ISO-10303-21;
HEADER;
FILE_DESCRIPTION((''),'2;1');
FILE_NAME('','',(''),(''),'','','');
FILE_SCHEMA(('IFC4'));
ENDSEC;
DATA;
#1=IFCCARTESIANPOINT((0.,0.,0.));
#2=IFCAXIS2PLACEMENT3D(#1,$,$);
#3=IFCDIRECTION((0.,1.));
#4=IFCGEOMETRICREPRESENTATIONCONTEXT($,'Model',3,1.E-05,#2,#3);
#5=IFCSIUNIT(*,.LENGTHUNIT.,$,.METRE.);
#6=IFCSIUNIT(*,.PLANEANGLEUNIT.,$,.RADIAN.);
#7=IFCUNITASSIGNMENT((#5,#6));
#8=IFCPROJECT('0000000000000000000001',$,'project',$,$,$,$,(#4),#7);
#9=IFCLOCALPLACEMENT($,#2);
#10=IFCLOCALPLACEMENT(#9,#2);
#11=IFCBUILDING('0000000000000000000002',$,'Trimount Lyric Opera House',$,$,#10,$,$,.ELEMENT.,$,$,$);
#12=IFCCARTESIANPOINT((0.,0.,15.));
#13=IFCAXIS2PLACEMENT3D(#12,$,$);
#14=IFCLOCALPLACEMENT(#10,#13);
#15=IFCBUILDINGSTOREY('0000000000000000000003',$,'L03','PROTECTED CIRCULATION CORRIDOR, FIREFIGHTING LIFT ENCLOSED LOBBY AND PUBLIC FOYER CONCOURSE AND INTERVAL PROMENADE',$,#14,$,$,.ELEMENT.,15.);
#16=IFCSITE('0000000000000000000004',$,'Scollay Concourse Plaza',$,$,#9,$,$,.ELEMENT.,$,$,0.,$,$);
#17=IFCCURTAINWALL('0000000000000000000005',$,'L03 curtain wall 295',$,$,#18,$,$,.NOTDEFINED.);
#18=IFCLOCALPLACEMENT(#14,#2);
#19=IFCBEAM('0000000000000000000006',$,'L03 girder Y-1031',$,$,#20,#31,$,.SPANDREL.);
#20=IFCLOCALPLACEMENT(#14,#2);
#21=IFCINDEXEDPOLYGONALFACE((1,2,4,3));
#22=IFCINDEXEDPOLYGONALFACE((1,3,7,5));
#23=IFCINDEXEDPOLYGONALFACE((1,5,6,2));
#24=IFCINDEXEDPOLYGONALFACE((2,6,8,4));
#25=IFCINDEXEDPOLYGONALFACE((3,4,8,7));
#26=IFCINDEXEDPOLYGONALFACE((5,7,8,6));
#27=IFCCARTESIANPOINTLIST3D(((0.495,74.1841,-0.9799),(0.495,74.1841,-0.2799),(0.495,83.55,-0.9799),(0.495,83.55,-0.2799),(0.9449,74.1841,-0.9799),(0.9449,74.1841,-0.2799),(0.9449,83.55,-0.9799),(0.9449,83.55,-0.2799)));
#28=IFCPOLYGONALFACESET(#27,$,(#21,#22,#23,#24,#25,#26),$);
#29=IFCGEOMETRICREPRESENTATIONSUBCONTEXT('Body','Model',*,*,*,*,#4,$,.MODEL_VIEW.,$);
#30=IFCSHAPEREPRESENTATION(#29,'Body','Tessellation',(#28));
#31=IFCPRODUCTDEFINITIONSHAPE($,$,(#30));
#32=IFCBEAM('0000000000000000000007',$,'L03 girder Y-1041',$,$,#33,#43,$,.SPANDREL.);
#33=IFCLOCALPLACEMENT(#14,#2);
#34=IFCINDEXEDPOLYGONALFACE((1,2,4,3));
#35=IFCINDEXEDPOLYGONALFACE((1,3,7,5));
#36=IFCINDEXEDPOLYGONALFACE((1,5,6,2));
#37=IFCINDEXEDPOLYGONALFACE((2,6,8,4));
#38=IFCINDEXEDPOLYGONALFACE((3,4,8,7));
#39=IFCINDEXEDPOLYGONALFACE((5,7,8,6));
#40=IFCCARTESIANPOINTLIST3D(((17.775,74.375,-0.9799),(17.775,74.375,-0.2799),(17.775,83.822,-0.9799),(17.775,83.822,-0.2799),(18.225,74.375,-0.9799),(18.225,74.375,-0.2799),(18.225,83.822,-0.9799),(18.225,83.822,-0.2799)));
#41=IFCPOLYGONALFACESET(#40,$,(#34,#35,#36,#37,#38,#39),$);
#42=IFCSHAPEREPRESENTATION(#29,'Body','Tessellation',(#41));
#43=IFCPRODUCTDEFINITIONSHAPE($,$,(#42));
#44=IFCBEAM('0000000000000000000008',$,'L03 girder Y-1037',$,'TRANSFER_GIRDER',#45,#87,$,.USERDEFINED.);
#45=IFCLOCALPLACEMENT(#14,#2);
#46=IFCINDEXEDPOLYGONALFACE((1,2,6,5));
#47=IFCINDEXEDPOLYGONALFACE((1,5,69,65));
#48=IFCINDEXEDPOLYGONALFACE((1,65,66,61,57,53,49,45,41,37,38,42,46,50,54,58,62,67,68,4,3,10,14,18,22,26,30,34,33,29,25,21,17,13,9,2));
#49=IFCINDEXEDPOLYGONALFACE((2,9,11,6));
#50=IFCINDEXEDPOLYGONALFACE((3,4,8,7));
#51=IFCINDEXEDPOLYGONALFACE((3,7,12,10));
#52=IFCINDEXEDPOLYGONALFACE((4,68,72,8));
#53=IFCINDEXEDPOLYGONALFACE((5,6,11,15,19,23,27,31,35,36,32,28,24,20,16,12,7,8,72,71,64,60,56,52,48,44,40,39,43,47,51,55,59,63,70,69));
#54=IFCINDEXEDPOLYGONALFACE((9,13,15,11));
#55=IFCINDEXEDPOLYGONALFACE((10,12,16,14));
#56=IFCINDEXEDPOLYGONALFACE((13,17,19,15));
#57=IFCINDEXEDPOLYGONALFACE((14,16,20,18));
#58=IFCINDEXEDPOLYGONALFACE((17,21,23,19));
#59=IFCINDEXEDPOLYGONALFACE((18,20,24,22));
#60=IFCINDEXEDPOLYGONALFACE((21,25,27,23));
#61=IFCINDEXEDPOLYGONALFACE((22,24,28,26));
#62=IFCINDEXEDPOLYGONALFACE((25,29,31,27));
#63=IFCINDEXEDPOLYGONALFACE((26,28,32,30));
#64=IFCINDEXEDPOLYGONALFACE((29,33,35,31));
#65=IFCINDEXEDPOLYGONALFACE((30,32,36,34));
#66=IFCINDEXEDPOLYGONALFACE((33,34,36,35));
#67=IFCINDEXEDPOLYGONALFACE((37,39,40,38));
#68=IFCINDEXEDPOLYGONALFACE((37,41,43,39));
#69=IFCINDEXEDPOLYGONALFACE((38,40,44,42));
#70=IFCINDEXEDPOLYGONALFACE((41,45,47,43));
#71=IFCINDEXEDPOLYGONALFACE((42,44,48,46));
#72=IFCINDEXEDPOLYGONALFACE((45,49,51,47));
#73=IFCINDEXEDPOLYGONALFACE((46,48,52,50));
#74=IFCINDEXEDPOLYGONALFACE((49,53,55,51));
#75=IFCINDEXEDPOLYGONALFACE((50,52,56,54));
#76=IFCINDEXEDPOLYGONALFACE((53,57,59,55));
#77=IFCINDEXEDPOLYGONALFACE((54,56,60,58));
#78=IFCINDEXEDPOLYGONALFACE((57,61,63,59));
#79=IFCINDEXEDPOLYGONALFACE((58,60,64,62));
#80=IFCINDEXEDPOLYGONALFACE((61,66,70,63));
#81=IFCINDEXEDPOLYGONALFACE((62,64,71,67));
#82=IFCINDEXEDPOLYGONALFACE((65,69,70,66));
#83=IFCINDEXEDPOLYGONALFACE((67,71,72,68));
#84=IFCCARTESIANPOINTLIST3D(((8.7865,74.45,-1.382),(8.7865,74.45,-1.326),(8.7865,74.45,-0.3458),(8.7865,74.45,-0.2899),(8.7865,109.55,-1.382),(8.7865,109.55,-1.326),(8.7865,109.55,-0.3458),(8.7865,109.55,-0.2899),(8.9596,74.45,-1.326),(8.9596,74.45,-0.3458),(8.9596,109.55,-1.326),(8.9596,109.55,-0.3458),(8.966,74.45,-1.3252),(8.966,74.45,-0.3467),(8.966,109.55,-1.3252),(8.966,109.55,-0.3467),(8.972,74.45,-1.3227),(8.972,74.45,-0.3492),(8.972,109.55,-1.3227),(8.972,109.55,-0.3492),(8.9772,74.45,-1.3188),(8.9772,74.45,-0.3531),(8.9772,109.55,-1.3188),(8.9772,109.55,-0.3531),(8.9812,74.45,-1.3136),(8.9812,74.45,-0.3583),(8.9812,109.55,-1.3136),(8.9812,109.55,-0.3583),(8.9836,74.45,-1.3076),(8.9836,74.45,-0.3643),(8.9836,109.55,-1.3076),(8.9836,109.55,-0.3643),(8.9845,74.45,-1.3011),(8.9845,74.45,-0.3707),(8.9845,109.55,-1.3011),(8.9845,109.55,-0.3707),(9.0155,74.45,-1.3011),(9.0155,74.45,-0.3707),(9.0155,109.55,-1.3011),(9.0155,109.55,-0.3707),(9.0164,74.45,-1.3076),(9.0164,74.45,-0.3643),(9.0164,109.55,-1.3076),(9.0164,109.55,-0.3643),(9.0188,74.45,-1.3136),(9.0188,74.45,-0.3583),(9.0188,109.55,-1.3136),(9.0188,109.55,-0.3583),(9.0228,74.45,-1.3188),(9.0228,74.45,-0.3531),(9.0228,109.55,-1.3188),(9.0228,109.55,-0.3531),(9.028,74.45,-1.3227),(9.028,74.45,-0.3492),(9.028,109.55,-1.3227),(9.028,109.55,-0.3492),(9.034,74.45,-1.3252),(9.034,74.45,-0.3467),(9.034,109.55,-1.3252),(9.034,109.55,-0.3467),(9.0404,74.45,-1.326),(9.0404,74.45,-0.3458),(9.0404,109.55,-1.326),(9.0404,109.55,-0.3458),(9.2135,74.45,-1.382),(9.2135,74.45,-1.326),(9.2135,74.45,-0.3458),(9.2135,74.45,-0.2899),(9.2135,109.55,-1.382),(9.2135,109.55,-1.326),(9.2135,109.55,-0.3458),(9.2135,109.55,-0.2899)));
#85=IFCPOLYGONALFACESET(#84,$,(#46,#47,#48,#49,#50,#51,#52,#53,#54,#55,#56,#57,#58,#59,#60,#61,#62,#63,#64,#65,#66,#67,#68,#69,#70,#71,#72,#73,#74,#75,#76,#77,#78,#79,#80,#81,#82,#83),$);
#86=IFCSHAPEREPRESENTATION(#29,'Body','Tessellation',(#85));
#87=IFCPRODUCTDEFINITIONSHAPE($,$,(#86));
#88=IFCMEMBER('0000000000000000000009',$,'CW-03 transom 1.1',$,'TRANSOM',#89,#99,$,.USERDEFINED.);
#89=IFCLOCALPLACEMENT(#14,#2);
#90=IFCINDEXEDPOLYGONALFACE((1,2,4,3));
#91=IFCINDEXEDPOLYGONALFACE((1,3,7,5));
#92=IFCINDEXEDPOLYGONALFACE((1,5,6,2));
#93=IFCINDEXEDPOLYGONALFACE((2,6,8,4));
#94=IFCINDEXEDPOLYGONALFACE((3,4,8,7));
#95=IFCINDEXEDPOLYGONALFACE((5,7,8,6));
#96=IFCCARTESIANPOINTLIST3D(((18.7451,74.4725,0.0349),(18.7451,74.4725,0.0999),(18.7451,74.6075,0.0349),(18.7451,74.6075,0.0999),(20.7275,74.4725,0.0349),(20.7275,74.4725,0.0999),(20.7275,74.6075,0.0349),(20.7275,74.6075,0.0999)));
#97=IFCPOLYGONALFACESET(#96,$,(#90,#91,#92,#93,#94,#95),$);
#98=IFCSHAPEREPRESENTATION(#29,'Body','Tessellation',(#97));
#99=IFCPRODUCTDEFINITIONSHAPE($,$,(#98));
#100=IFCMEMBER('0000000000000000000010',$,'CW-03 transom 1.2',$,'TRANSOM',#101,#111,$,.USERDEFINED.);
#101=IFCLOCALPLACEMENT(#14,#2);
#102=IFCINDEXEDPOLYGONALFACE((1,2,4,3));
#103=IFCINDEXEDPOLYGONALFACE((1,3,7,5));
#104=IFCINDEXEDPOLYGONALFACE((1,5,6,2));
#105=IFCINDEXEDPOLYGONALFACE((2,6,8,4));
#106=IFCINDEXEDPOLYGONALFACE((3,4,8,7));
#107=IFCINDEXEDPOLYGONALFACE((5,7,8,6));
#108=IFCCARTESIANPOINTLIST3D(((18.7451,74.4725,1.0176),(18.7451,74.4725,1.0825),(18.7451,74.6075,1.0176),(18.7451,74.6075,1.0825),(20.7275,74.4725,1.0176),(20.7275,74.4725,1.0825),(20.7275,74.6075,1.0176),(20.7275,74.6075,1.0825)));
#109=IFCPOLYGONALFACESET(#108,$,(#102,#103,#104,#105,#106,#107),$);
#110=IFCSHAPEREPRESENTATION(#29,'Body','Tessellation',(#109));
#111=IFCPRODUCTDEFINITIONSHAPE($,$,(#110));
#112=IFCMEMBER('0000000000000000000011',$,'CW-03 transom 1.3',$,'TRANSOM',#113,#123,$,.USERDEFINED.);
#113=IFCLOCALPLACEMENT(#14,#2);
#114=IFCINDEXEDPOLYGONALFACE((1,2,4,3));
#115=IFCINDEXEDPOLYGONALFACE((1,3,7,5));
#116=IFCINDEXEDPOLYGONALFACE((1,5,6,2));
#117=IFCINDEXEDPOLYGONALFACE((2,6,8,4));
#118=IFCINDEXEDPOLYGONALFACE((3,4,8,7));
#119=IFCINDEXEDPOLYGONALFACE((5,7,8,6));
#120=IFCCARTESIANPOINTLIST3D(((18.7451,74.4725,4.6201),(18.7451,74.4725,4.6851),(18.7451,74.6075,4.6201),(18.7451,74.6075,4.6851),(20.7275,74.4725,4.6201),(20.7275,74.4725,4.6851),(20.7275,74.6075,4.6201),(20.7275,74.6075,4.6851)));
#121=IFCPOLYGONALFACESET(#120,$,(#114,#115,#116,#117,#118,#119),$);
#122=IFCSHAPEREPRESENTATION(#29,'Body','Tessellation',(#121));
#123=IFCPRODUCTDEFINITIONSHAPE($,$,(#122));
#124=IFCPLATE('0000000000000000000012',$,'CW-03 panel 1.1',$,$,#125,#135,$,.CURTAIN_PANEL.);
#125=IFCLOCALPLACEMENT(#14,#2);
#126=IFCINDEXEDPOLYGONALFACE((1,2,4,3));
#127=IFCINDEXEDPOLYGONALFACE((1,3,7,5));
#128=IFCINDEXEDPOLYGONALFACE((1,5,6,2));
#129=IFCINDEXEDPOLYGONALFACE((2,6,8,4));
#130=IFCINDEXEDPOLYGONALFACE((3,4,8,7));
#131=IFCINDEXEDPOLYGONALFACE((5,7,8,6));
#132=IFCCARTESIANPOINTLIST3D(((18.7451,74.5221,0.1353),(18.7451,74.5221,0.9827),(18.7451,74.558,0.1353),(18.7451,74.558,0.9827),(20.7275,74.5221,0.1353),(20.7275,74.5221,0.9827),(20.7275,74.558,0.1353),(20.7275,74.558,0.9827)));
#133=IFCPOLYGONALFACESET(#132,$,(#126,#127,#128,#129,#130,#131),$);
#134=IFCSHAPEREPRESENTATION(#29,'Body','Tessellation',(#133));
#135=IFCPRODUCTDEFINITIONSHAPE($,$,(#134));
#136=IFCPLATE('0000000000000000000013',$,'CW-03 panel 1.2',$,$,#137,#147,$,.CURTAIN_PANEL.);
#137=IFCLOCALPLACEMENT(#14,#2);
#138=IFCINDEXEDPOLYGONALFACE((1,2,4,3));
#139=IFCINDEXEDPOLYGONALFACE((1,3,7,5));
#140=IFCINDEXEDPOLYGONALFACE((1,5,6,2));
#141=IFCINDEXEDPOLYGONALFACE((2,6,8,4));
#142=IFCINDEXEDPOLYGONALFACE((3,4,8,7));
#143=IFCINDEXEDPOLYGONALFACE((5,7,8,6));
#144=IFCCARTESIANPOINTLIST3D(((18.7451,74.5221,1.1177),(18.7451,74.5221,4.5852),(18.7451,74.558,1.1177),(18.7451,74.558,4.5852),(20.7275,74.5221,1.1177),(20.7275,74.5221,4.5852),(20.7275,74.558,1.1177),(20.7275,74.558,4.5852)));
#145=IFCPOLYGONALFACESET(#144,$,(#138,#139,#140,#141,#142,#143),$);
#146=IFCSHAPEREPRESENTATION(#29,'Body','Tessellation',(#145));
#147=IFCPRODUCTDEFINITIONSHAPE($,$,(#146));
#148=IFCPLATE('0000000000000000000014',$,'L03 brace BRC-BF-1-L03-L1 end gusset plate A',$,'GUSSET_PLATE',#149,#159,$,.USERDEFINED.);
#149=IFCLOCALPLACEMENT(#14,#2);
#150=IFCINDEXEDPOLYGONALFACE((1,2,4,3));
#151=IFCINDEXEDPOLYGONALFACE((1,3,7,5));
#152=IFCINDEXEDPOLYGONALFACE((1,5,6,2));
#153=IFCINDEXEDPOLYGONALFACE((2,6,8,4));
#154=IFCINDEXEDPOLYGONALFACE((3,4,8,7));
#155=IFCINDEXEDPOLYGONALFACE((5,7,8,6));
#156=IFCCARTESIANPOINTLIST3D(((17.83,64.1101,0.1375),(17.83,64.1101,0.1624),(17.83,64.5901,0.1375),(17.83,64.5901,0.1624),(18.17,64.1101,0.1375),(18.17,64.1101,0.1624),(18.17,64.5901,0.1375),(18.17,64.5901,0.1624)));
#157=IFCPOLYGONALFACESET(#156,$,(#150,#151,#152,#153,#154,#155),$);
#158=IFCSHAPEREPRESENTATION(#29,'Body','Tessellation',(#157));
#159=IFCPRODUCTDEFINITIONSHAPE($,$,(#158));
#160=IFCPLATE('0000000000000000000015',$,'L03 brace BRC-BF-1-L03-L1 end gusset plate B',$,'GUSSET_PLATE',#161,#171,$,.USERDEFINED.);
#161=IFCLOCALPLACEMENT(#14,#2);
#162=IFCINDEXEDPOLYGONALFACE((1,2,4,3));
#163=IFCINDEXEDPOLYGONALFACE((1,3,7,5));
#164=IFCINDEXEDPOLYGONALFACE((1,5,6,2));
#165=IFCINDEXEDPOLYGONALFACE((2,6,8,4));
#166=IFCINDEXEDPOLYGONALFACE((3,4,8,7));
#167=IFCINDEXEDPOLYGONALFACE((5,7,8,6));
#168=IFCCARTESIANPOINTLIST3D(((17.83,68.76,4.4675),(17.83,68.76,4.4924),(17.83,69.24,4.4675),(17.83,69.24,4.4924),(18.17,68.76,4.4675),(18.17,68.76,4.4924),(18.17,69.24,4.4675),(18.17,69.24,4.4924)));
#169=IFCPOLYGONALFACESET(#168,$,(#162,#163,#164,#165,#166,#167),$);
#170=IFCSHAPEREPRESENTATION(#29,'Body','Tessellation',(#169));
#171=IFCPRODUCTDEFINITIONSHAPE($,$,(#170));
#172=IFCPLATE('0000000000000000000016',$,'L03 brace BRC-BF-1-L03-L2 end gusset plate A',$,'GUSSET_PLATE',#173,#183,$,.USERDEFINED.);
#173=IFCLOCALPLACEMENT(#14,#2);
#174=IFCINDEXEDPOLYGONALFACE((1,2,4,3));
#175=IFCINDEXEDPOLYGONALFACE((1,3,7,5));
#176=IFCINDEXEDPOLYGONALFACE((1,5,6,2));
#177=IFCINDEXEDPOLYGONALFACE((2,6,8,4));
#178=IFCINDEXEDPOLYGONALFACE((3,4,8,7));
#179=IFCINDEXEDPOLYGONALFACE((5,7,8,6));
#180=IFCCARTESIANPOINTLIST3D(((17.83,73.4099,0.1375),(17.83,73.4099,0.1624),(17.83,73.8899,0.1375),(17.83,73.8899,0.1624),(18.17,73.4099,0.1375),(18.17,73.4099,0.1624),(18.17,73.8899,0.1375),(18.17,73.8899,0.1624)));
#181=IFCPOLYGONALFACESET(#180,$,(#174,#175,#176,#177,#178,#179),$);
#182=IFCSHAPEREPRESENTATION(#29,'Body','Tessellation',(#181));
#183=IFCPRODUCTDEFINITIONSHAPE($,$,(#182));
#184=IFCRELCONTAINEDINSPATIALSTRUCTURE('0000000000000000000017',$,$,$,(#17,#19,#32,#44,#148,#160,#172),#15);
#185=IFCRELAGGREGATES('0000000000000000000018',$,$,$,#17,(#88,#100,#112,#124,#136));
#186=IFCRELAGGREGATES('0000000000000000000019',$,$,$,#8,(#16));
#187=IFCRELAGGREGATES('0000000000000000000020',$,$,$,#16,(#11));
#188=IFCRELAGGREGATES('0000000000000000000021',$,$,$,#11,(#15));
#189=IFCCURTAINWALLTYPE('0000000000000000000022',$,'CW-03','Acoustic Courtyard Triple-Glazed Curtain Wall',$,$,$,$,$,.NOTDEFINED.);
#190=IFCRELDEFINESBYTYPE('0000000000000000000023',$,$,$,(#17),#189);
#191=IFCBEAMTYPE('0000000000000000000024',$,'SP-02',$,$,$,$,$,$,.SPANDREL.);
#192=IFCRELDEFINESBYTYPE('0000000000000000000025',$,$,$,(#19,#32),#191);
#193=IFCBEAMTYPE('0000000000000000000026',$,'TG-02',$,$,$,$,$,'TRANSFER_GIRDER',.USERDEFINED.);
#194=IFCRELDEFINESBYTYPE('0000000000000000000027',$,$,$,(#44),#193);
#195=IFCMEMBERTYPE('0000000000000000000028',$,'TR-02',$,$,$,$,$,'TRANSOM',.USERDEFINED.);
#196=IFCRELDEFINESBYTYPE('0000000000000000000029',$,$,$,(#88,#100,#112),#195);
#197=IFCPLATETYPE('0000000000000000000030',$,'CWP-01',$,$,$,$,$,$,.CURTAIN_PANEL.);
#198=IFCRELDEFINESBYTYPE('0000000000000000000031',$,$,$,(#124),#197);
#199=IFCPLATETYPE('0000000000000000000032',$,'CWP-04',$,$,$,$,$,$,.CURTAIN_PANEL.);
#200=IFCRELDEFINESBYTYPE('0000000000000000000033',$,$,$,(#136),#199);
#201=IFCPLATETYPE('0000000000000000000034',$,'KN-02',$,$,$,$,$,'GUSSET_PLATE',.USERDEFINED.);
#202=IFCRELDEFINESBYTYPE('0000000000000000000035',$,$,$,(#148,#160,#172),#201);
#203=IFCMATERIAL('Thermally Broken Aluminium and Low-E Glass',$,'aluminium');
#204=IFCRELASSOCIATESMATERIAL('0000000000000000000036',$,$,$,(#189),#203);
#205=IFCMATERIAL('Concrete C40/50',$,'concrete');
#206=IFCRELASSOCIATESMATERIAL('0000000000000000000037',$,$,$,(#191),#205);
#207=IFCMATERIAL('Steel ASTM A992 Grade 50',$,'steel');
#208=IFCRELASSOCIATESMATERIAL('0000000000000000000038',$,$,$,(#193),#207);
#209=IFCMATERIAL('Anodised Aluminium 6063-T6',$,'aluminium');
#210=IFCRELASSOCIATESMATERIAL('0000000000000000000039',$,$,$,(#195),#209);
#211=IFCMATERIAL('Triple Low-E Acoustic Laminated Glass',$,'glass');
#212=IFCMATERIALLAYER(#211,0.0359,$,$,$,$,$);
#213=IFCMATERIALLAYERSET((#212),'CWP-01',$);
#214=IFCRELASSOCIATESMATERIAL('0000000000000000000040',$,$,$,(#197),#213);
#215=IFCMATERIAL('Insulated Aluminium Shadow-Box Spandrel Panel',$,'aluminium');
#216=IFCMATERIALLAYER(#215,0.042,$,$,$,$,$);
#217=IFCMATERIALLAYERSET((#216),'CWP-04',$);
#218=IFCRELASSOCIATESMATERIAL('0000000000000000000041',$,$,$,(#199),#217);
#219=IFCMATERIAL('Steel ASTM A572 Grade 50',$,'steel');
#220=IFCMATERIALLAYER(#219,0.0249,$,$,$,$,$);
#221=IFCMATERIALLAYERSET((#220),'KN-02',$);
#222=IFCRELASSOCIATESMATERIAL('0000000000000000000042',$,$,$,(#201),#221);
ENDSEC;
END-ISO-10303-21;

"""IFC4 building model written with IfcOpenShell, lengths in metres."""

from ifc_helpers import new_model, si_unit, direction, frame, origin, origin_2d, place, context, subcontext, project, spatial, rectangle, i_section, extrude, material, layer, layer_set, material_profile, profile_set, type_object, element, aggregate, save


model = new_model("IFC4")

# Units and contexts
model_context = context("Model", 3, precision=1e-05, world=origin(), true_north=direction((0.0, 1.0)))
body_context = subcontext(model_context, "Body", "Model", "MODEL_VIEW")
ifc_project = project(units=[si_unit("LENGTHUNIT", "METRE"), si_unit("PLANEANGLEUNIT", "RADIAN")], contexts=[model_context])

# Site, building, storey
site_placement = place(None, origin())
site = spatial("IfcSite", under=ifc_project, at=site_placement, Name="Scollay Concourse Plaza", CompositionType="ELEMENT", RefElevation=0.0)
building_placement = place(site_placement, origin())
building = spatial("IfcBuilding", under=site, at=building_placement, Name="Trimount Lyric Opera House", CompositionType="ELEMENT")
storey_placement = place(building_placement, frame((0.0, 0.0, 15.0)))
storey = spatial("IfcBuildingStorey", under=building, at=storey_placement, Name="L03", Description="PROTECTED CIRCULATION CORRIDOR, FIREFIGHTING LIFT ENCLOSED LOBBY AND PUBLIC FOYER CONCOURSE AND INTERVAL PROMENADE", CompositionType="ELEMENT", Elevation=15.0)

# Curtain wall
ifc_material_1 = material(Name="Thermally Broken Aluminium and Low-E Glass", Category="aluminium")
curtain_wall_type = type_object("IfcCurtainWallType", Name="CW-03", Description="Acoustic Courtyard Triple-Glazed Curtain Wall", PredefinedType="NOTDEFINED", material=ifc_material_1)
curtain_wall_placement = place(storey_placement, origin())
curtain_wall = element("IfcCurtainWall", 1, at=curtain_wall_placement, inside=storey, type_object=curtain_wall_type, Name="L03 curtain wall 295", PredefinedType="NOTDEFINED")

# Beams
ifc_material_2 = material(Name="Concrete C40/50", Category="concrete")
ifc_material_profile_1 = material_profile(ifc_material_2, rectangle(XDim=0.45, YDim=0.7, at=origin_2d()), Name="RC450X700")
ifc_profile_set_1 = profile_set([ifc_material_profile_1], Name="Concrete C40/50")
beam_type_1 = type_object("IfcBeamType", Name="SP-02", PredefinedType="SPANDREL", material=ifc_profile_set_1)
beam_1_placement = place(storey_placement, frame((0.72, 74.1841, -0.6299), z_axis=(0.0, 1.0, 0.0), x_axis=(-1.0, 0.0, 0.0)))
element("IfcBeam", 2, at=beam_1_placement, inside=storey, type_object=beam_type_1, Name="L03 girder Y-1031", PredefinedType="SPANDREL", context=body_context, shape_type="SweptSolid", body=[
    extrude(rectangle(XDim=0.45, YDim=0.7, at=origin_2d()), origin(), (0.0, 0.0, 1.0), 9.366),
])
beam_2_placement = place(storey_placement, frame((18.0, 74.375, -0.6299), z_axis=(0.0, 1.0, 0.0), x_axis=(-1.0, 0.0, 0.0)))
element("IfcBeam", 3, at=beam_2_placement, inside=storey, type_object=beam_type_1, Name="L03 girder Y-1041", PredefinedType="SPANDREL", context=body_context, shape_type="SweptSolid", body=[
    extrude(rectangle(XDim=0.45, YDim=0.7, at=origin_2d()), origin(), (0.0, 0.0, 1.0), 9.447),
])
ifc_material_3 = material(Name="Steel ASTM A992 Grade 50", Category="steel")
ifc_material_profile_2 = material_profile(ifc_material_3, i_section(OverallWidth=0.427, OverallDepth=1.092, WebThickness=0.031, FlangeThickness=0.0559, FilletRadius=0.0249, at=origin_2d()), Name="W40X397")
ifc_profile_set_2 = profile_set([ifc_material_profile_2], Name="Steel ASTM A992 Grade 50")
beam_type_2 = type_object("IfcBeamType", Name="TG-02", ElementType="TRANSFER_GIRDER", PredefinedType="USERDEFINED", material=ifc_profile_set_2)
beam_3_placement = place(storey_placement, frame((9.0, 74.45, -0.8359), z_axis=(0.0, 1.0, 0.0), x_axis=(-1.0, 0.0, 0.0)))
element("IfcBeam", 4, at=beam_3_placement, inside=storey, type_object=beam_type_2, Name="L03 girder Y-1037", ObjectType="TRANSFER_GIRDER", PredefinedType="USERDEFINED", context=body_context, shape_type="SweptSolid", body=[
    extrude(i_section(OverallWidth=0.427, OverallDepth=1.092, WebThickness=0.031, FlangeThickness=0.0559, FilletRadius=0.0249, at=origin_2d()), origin(), (0.0, 0.0, 1.0), 35.1001),
])

# Members
ifc_material_4 = material(Name="Anodised Aluminium 6063-T6", Category="aluminium")
ifc_material_profile_3 = material_profile(ifc_material_4, rectangle(XDim=0.135, YDim=0.0649, at=origin_2d()), Name="ALU-TRAN-65X135")
ifc_profile_set_3 = profile_set([ifc_material_profile_3], Name="Anodised Aluminium 6063-T6")
member_type_1 = type_object("IfcMemberType", Name="TR-02", ElementType="TRANSOM", PredefinedType="USERDEFINED", material=ifc_profile_set_3)
member_1_placement = place(storey_placement, frame((18.7451, 74.54, 0.0674), z_axis=(1.0, 0.0, 0.0), x_axis=(0.0, 1.0, 0.0)))
member_1 = element("IfcMember", 5, at=member_1_placement, type_object=member_type_1, Name="CW-03 transom 1.1", ObjectType="TRANSOM", PredefinedType="USERDEFINED", context=body_context, shape_type="SweptSolid", body=[
    extrude(rectangle(XDim=0.135, YDim=0.0649, at=origin_2d()), origin(), (0.0, 0.0, 1.0), 1.9824),
])
member_2_placement = place(storey_placement, frame((18.7451, 74.54, 1.05), z_axis=(1.0, 0.0, 0.0), x_axis=(0.0, 1.0, 0.0)))
member_2 = element("IfcMember", 6, at=member_2_placement, type_object=member_type_1, Name="CW-03 transom 1.2", ObjectType="TRANSOM", PredefinedType="USERDEFINED", context=body_context, shape_type="SweptSolid", body=[
    extrude(rectangle(XDim=0.135, YDim=0.0649, at=origin_2d()), origin(), (0.0, 0.0, 1.0), 1.9824),
])
member_3_placement = place(storey_placement, frame((18.7451, 74.54, 4.6526), z_axis=(1.0, 0.0, 0.0), x_axis=(0.0, 1.0, 0.0)))
member_3 = element("IfcMember", 7, at=member_3_placement, type_object=member_type_1, Name="CW-03 transom 1.3", ObjectType="TRANSOM", PredefinedType="USERDEFINED", context=body_context, shape_type="SweptSolid", body=[
    extrude(rectangle(XDim=0.135, YDim=0.0649, at=origin_2d()), origin(), (0.0, 0.0, 1.0), 1.9824),
])

# Plates
ifc_material_5 = material(Name="Triple Low-E Acoustic Laminated Glass", Category="glass")
ifc_layer_1 = layer(ifc_material_5, 0.0359)
ifc_layer_set_1 = layer_set([ifc_layer_1], Name="CWP-01")
plate_type_1 = type_object("IfcPlateType", Name="CWP-01", PredefinedType="CURTAIN_PANEL", material=ifc_layer_set_1)
plate_1_placement = place(storey_placement, frame((19.7363, 74.54, 0.1353), z_axis=(0.0, 0.0, 1.0), x_axis=(1.0, 0.0, 0.0)))
plate_1 = element("IfcPlate", 8, at=plate_1_placement, type_object=plate_type_1, Name="CW-03 panel 1.1", PredefinedType="CURTAIN_PANEL", context=body_context, shape_type="SweptSolid", body=[
    extrude(rectangle(XDim=1.9824, YDim=0.0359, at=origin_2d()), origin(), (0.0, 0.0, 1.0), 0.8474),
])
ifc_material_6 = material(Name="Insulated Aluminium Shadow-Box Spandrel Panel", Category="aluminium")
ifc_layer_2 = layer(ifc_material_6, 0.042)
ifc_layer_set_2 = layer_set([ifc_layer_2], Name="CWP-04")
plate_type_2 = type_object("IfcPlateType", Name="CWP-04", PredefinedType="CURTAIN_PANEL", material=ifc_layer_set_2)
plate_2_placement = place(storey_placement, frame((19.7363, 74.54, 1.1177), z_axis=(0.0, 0.0, 1.0), x_axis=(1.0, 0.0, 0.0)))
plate_2 = element("IfcPlate", 9, at=plate_2_placement, type_object=plate_type_2, Name="CW-03 panel 1.2", PredefinedType="CURTAIN_PANEL", context=body_context, shape_type="SweptSolid", body=[
    extrude(rectangle(XDim=1.9824, YDim=0.0359, at=origin_2d()), origin(), (0.0, 0.0, 1.0), 3.4675),
])
aggregate(curtain_wall, [member_1, member_2, member_3, plate_1, plate_2])

# Plates
ifc_material_7 = material(Name="Steel ASTM A572 Grade 50", Category="steel")
ifc_layer_3 = layer(ifc_material_7, 0.0249)
ifc_layer_set_3 = layer_set([ifc_layer_3], Name="KN-02")
plate_type_3 = type_object("IfcPlateType", Name="KN-02", ElementType="GUSSET_PLATE", PredefinedType="USERDEFINED", material=ifc_layer_set_3)
for number, where, z_axis, x_axis, name in (
    (10, (18.0, 64.3501, 0.1375), (0.0, 0.0, 1.0), (0.0, 1.0, 0.0), "L03 brace BRC-BF-1-L03-L1 end gusset plate A"),
    (11, (18.0, 69.0, 4.4675), (0.0, 0.0, 1.0), (0.0, 1.0, 0.0), "L03 brace BRC-BF-1-L03-L1 end gusset plate B"),
    (12, (18.0, 73.6499, 0.1375), (0.0, 0.0, 1.0), (0.0, -1.0, 0.0), "L03 brace BRC-BF-1-L03-L2 end gusset plate A"),
):
    element("IfcPlate", number, at=place(storey_placement, frame(where, z_axis=z_axis, x_axis=x_axis)), inside=storey, type_object=plate_type_3, Name=name, ObjectType="GUSSET_PLATE", PredefinedType="USERDEFINED", context=body_context, shape_type="SweptSolid", body=[
        extrude(rectangle(XDim=0.48, YDim=0.3401, at=origin_2d()), origin(), (0.0, 0.0, 1.0), 0.0249),
    ])

save(model, "model.ifc")
